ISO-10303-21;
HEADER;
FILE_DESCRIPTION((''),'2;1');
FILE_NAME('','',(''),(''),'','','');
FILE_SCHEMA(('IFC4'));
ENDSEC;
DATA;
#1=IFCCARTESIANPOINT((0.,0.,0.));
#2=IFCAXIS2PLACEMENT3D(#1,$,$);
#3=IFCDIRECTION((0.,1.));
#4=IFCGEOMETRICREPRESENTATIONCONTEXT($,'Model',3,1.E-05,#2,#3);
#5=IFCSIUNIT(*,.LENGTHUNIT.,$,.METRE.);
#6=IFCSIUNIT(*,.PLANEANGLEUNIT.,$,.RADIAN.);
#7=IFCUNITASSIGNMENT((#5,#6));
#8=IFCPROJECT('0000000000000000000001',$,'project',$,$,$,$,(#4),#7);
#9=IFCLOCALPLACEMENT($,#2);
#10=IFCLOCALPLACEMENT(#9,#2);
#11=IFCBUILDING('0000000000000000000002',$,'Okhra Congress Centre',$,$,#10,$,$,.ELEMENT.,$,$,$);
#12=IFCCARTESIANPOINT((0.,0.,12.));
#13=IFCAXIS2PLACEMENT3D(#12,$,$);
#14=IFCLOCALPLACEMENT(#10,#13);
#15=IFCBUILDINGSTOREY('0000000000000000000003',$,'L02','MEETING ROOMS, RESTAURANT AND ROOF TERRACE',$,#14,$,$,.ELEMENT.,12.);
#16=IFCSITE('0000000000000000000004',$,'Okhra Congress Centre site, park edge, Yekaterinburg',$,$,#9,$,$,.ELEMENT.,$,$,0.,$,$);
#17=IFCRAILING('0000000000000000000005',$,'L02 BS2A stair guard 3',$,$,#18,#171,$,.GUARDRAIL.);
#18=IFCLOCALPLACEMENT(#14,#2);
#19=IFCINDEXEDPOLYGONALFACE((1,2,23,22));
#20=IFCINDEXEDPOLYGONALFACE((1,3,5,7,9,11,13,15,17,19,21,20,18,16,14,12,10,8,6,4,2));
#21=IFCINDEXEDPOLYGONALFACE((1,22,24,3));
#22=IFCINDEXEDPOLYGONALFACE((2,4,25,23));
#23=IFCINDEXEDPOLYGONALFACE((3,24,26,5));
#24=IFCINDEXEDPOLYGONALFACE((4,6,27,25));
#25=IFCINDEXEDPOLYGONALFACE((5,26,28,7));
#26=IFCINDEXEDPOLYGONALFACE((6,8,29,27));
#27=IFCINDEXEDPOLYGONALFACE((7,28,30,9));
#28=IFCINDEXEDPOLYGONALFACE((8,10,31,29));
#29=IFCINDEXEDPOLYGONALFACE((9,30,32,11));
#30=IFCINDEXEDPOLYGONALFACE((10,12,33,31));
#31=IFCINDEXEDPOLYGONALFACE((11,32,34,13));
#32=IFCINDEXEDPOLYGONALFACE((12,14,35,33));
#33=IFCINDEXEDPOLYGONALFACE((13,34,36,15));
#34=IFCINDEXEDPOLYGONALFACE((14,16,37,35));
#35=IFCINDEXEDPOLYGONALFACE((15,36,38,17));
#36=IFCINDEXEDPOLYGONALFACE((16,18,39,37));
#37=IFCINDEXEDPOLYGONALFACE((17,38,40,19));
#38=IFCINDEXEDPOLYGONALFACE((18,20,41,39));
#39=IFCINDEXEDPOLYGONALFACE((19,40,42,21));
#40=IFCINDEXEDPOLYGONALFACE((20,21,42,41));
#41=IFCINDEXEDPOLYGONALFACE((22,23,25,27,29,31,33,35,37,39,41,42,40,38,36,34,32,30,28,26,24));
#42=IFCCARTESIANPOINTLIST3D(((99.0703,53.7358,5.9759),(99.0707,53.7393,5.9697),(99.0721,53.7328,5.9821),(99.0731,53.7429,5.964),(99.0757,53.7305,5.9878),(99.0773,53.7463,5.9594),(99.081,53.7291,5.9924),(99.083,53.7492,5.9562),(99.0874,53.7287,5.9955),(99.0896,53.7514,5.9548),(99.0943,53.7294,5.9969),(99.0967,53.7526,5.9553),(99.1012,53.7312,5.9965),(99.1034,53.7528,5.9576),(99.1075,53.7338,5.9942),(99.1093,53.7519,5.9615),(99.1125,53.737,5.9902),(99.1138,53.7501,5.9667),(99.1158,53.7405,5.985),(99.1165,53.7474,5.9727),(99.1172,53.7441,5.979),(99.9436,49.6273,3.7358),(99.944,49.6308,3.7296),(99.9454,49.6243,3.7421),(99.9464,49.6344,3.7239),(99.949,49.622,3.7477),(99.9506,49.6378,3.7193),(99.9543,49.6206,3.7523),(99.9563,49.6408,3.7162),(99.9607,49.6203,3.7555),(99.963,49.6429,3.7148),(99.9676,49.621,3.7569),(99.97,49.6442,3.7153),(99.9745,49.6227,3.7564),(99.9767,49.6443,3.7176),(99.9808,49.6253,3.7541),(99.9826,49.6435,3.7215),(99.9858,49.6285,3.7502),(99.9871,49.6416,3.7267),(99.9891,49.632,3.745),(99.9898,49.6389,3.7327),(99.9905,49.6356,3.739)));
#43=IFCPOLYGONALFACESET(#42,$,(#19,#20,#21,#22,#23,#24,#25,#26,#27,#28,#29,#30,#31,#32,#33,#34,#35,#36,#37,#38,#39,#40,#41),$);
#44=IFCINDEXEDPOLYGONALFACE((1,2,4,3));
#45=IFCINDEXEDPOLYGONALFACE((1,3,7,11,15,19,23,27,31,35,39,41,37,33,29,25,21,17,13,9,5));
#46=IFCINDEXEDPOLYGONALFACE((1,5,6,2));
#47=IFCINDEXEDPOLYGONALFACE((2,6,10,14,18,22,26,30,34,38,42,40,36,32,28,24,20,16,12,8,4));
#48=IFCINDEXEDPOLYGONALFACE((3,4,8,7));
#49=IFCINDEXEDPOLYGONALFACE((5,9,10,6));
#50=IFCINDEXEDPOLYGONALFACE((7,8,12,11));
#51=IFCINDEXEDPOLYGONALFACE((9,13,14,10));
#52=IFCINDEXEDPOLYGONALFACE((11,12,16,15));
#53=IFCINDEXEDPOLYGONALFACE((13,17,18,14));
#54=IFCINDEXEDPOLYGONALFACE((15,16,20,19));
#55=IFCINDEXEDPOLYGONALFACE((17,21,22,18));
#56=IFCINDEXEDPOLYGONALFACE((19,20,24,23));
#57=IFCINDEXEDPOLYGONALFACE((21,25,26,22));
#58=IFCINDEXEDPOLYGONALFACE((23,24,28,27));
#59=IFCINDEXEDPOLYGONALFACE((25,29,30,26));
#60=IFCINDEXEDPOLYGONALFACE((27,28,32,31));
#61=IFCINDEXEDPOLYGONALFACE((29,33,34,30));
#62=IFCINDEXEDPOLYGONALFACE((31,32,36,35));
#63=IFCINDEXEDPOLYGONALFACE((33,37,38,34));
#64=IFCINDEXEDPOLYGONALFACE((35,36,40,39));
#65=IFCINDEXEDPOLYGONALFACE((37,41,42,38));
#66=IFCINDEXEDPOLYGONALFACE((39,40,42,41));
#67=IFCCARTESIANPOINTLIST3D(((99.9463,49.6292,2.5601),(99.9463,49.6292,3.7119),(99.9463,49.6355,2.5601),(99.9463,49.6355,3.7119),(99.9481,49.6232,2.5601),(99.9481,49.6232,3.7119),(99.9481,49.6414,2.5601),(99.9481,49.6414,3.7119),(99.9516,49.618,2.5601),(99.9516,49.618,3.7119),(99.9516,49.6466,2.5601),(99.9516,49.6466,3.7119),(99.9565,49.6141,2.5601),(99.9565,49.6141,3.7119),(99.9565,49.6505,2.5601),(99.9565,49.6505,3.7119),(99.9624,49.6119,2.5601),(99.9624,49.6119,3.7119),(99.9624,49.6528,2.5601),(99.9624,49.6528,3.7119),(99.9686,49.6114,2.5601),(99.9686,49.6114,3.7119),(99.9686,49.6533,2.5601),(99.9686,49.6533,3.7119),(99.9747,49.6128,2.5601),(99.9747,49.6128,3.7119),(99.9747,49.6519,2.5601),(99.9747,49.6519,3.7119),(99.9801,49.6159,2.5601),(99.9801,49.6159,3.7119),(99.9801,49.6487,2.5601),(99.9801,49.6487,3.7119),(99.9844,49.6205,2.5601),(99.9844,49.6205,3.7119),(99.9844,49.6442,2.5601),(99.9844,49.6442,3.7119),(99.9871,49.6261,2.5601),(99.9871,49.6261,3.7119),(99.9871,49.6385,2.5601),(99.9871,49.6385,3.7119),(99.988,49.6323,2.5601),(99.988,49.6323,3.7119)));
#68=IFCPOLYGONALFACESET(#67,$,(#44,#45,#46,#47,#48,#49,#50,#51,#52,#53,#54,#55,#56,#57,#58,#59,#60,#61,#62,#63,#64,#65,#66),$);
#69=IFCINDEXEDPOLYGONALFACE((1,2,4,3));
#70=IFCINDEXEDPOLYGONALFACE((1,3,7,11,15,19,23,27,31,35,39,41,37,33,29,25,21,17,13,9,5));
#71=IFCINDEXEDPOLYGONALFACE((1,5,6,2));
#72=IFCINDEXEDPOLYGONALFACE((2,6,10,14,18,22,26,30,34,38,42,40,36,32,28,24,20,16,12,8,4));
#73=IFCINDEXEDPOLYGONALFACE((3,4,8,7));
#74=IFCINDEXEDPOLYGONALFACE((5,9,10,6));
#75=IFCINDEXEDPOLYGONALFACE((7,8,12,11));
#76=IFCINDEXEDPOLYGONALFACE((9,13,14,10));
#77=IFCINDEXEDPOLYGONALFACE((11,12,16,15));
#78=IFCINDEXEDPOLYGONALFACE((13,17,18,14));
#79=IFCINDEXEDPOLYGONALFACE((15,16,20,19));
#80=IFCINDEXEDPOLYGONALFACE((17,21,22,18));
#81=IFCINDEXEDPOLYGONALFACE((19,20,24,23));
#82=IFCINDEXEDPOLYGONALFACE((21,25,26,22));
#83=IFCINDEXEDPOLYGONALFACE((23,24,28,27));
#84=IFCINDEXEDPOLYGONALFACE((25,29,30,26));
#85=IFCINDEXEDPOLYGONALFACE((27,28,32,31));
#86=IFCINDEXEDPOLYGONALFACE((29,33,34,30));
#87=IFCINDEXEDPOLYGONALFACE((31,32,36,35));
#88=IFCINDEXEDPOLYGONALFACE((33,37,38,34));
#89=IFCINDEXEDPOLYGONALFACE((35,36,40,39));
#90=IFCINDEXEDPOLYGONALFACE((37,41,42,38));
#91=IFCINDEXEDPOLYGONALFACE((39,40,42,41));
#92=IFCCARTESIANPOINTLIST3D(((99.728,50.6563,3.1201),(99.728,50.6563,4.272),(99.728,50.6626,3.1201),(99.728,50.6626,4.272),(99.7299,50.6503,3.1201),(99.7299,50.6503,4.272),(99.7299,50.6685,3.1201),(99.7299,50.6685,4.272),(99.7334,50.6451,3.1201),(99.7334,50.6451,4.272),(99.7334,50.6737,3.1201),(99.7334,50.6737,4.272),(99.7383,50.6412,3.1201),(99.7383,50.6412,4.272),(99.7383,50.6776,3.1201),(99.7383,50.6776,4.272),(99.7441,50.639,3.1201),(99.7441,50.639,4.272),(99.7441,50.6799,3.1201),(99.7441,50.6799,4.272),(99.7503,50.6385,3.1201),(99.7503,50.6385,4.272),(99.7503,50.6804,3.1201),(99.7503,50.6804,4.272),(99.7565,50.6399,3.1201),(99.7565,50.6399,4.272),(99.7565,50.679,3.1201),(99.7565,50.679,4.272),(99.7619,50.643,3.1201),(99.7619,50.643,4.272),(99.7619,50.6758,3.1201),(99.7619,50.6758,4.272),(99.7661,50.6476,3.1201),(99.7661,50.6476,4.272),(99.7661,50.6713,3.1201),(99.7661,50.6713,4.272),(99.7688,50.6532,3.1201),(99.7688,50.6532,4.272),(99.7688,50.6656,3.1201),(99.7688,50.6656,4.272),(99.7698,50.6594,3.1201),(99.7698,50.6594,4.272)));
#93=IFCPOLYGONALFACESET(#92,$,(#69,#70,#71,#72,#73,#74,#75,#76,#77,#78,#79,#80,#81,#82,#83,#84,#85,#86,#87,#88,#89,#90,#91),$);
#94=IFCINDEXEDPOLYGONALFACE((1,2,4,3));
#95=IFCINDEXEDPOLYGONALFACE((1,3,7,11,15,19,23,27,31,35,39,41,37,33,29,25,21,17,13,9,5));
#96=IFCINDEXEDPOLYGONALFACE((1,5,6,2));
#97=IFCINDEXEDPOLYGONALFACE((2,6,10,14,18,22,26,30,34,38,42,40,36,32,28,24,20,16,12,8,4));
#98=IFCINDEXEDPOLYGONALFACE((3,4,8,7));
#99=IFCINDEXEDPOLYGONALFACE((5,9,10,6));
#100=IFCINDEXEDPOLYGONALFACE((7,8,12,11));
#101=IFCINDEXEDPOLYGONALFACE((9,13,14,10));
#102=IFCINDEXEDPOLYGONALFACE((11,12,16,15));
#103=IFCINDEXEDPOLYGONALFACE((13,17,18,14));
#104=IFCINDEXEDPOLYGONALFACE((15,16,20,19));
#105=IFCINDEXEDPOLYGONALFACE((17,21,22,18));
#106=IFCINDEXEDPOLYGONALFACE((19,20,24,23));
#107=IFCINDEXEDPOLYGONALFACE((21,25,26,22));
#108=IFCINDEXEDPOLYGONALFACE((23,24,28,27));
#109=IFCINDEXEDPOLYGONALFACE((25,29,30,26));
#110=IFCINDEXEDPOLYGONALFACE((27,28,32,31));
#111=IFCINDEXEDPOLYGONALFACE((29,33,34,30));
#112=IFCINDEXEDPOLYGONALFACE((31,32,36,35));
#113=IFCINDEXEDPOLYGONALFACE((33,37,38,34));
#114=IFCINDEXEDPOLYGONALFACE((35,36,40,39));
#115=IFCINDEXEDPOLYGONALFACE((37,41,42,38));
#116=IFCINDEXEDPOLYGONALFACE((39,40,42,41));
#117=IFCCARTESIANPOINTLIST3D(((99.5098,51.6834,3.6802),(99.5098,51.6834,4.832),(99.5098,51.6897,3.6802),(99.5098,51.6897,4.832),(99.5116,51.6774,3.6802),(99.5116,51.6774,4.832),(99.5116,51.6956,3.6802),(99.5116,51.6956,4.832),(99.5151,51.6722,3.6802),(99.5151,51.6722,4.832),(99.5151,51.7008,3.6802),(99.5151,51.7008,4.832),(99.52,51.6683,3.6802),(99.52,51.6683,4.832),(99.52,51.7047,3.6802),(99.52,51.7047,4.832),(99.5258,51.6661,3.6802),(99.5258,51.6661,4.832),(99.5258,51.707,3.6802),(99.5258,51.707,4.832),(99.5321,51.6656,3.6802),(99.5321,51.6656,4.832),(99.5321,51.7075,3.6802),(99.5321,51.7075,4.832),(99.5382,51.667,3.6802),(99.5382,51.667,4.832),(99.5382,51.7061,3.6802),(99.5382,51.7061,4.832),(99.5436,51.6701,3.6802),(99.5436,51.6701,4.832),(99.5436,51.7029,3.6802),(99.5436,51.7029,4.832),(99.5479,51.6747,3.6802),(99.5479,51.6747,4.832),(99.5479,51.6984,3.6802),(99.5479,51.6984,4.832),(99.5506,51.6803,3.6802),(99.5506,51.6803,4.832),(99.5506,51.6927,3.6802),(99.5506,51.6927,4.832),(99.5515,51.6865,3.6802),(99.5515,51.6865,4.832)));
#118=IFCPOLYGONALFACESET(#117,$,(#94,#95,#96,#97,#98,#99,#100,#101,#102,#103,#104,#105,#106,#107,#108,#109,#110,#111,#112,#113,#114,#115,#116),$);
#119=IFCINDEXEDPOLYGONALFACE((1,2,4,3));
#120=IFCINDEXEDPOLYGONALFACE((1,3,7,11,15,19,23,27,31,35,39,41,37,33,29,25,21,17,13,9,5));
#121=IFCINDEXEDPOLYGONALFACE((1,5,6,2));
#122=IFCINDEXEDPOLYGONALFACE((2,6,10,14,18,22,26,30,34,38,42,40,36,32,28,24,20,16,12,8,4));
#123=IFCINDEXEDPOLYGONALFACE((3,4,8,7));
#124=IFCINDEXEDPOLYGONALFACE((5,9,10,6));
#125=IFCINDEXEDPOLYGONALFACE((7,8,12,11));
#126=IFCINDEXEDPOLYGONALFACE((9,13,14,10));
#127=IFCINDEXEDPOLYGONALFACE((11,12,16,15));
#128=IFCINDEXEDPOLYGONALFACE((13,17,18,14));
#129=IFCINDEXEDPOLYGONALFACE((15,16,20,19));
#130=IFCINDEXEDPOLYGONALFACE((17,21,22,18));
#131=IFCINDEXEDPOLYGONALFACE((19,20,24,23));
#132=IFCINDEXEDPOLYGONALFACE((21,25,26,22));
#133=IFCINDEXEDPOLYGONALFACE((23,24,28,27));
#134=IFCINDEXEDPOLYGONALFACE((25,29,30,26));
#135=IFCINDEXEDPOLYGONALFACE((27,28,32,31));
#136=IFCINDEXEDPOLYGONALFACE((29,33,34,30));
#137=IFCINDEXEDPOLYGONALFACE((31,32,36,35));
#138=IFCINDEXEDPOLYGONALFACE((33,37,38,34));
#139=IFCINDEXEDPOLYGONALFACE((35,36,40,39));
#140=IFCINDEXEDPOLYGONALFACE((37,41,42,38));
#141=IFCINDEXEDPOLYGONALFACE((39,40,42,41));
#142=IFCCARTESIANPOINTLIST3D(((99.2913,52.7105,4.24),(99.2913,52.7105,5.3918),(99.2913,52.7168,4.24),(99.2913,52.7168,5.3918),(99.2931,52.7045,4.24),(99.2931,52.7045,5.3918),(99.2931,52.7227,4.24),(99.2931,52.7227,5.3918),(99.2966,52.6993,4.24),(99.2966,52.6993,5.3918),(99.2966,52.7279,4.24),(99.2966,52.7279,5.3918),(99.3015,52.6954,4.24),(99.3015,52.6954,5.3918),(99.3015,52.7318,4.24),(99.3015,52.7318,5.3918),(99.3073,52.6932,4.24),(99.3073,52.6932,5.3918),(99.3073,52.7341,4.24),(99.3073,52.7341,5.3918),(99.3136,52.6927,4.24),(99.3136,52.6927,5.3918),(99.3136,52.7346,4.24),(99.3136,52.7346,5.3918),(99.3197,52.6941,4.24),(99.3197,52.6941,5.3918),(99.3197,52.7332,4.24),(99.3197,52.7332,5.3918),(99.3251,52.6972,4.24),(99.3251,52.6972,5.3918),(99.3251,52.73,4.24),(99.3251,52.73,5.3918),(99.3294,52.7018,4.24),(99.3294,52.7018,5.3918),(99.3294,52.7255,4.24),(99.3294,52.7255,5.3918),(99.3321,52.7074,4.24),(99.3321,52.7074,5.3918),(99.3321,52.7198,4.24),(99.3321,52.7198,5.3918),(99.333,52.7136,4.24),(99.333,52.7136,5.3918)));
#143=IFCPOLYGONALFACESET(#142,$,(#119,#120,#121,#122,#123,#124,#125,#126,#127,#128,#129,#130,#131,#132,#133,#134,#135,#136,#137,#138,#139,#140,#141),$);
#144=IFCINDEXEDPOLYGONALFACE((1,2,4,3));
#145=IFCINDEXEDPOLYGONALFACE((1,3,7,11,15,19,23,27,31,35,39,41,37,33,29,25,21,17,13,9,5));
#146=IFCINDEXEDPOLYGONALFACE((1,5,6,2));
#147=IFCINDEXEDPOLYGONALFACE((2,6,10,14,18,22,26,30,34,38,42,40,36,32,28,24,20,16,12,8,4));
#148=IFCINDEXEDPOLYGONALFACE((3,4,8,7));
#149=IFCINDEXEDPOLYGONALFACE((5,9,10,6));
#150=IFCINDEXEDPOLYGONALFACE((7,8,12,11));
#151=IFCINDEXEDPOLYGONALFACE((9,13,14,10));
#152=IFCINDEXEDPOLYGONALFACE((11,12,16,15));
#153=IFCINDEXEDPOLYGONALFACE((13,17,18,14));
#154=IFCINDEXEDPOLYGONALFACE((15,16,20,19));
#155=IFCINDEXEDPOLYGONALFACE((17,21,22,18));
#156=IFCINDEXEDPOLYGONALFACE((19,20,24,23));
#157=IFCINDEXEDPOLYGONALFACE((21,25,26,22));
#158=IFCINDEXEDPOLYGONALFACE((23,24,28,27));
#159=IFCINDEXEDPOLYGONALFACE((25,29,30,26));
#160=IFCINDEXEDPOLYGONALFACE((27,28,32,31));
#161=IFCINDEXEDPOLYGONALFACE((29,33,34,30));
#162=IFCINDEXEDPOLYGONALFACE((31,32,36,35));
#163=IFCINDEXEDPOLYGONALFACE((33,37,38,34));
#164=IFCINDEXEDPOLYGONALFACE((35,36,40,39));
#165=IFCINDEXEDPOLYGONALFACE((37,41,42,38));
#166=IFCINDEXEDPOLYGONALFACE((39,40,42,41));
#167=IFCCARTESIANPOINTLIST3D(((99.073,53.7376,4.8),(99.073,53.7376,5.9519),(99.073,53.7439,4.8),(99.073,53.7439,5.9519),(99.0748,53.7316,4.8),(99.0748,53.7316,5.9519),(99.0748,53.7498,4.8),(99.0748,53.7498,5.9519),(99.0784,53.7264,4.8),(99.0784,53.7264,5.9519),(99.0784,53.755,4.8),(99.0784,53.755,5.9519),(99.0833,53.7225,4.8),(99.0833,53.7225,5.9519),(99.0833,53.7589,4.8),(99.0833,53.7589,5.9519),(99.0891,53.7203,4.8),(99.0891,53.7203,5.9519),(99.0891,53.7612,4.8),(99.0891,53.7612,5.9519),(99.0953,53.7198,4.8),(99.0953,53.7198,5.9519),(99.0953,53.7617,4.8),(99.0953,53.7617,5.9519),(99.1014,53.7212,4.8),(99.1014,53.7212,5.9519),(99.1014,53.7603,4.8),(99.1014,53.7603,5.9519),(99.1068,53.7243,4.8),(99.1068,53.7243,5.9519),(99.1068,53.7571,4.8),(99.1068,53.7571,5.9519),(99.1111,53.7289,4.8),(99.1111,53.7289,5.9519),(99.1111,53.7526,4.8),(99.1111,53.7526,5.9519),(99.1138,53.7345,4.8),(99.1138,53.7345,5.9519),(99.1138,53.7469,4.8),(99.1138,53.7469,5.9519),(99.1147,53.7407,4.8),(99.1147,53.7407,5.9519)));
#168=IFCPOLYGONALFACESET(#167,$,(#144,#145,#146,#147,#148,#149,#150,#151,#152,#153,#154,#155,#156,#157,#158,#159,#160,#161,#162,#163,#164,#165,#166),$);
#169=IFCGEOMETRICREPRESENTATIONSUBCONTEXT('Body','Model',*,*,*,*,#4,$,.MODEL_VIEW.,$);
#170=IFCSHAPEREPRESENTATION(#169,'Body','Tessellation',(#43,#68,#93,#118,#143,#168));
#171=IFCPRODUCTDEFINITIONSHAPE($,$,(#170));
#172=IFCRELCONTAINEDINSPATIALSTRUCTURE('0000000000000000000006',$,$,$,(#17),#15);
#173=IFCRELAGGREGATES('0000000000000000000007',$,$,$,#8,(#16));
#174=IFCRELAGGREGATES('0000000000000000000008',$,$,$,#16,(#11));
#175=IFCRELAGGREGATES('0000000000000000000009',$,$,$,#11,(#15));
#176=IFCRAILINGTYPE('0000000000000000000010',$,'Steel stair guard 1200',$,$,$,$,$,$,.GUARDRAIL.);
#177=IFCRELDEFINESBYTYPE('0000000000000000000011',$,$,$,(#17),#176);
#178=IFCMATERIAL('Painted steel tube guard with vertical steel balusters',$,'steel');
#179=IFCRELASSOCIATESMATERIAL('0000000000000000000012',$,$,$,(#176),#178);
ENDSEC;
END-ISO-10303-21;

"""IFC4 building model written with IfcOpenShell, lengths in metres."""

from ifc_helpers import new_model, si_unit, direction, frame, origin, origin_2d, place, context, subcontext, project, spatial, circle, extrude, material, type_object, element, save


model = new_model("IFC4")

# Units and contexts
model_context = context("Model", 3, precision=1e-05, world=origin(), true_north=direction((0.0, 1.0)))
body_context = subcontext(model_context, "Body", "Model", "MODEL_VIEW")
ifc_project = project(units=[si_unit("LENGTHUNIT", "METRE"), si_unit("PLANEANGLEUNIT", "RADIAN")], contexts=[model_context])

# Site, building, storey
site_placement = place(None, origin())
site = spatial("IfcSite", under=ifc_project, at=site_placement, Name="Okhra Congress Centre site, park edge, Yekaterinburg", CompositionType="ELEMENT", RefElevation=0.0)
building_placement = place(site_placement, origin())
building = spatial("IfcBuilding", under=site, at=building_placement, Name="Okhra Congress Centre", CompositionType="ELEMENT")
storey_placement = place(building_placement, frame((0.0, 0.0, 12.0)))
storey = spatial("IfcBuildingStorey", under=building, at=storey_placement, Name="L02", Description="MEETING ROOMS, RESTAURANT AND ROOF TERRACE", CompositionType="ELEMENT", Elevation=12.0)

# Railing
ifc_material_1 = material(Name="Painted steel tube guard with vertical steel balusters", Category="steel")
railing_type_1 = type_object("IfcRailingType", Name="Steel stair guard 1200", PredefinedType="GUARDRAIL", material=ifc_material_1)
railing_1_placement = place(storey_placement, frame((99.967, 49.6323, 2.5601)))
element("IfcRailing", 1, at=railing_1_placement, inside=storey, type_object=railing_type_1, Name="L02 BS2A stair guard 3", PredefinedType="GUARDRAIL", context=body_context, shape_type="SweptSolid", body=[
    extrude(circle(Radius=0.0239, at=origin_2d()), frame((0.0, 0.0, 1.1758), z_axis=(-0.183458, 0.86308, 0.47057), x_axis=(-0.978146, -0.207917, 0.0)), (0.0, 0.0, 1.0), 4.7603),
    extrude(circle(Radius=0.021, at=origin_2d()), origin(), (0.0, 0.0, 1.0), 1.1519),
    extrude(circle(Radius=0.021, at=origin_2d()), frame((-0.2183, 1.0271, 0.5601)), (0.0, 0.0, 1.0), 1.1519),
    extrude(circle(Radius=0.021, at=origin_2d()), frame((-0.4365, 2.0542, 1.1201)), (0.0, 0.0, 1.0), 1.1519),
    extrude(circle(Radius=0.021, at=origin_2d()), frame((-0.655, 3.0813, 1.6799)), (0.0, 0.0, 1.0), 1.1519),
    extrude(circle(Radius=0.021, at=origin_2d()), frame((-0.8733, 4.1084, 2.24)), (0.0, 0.0, 1.0), 1.1519),
])

save(model, "model.ifc")
